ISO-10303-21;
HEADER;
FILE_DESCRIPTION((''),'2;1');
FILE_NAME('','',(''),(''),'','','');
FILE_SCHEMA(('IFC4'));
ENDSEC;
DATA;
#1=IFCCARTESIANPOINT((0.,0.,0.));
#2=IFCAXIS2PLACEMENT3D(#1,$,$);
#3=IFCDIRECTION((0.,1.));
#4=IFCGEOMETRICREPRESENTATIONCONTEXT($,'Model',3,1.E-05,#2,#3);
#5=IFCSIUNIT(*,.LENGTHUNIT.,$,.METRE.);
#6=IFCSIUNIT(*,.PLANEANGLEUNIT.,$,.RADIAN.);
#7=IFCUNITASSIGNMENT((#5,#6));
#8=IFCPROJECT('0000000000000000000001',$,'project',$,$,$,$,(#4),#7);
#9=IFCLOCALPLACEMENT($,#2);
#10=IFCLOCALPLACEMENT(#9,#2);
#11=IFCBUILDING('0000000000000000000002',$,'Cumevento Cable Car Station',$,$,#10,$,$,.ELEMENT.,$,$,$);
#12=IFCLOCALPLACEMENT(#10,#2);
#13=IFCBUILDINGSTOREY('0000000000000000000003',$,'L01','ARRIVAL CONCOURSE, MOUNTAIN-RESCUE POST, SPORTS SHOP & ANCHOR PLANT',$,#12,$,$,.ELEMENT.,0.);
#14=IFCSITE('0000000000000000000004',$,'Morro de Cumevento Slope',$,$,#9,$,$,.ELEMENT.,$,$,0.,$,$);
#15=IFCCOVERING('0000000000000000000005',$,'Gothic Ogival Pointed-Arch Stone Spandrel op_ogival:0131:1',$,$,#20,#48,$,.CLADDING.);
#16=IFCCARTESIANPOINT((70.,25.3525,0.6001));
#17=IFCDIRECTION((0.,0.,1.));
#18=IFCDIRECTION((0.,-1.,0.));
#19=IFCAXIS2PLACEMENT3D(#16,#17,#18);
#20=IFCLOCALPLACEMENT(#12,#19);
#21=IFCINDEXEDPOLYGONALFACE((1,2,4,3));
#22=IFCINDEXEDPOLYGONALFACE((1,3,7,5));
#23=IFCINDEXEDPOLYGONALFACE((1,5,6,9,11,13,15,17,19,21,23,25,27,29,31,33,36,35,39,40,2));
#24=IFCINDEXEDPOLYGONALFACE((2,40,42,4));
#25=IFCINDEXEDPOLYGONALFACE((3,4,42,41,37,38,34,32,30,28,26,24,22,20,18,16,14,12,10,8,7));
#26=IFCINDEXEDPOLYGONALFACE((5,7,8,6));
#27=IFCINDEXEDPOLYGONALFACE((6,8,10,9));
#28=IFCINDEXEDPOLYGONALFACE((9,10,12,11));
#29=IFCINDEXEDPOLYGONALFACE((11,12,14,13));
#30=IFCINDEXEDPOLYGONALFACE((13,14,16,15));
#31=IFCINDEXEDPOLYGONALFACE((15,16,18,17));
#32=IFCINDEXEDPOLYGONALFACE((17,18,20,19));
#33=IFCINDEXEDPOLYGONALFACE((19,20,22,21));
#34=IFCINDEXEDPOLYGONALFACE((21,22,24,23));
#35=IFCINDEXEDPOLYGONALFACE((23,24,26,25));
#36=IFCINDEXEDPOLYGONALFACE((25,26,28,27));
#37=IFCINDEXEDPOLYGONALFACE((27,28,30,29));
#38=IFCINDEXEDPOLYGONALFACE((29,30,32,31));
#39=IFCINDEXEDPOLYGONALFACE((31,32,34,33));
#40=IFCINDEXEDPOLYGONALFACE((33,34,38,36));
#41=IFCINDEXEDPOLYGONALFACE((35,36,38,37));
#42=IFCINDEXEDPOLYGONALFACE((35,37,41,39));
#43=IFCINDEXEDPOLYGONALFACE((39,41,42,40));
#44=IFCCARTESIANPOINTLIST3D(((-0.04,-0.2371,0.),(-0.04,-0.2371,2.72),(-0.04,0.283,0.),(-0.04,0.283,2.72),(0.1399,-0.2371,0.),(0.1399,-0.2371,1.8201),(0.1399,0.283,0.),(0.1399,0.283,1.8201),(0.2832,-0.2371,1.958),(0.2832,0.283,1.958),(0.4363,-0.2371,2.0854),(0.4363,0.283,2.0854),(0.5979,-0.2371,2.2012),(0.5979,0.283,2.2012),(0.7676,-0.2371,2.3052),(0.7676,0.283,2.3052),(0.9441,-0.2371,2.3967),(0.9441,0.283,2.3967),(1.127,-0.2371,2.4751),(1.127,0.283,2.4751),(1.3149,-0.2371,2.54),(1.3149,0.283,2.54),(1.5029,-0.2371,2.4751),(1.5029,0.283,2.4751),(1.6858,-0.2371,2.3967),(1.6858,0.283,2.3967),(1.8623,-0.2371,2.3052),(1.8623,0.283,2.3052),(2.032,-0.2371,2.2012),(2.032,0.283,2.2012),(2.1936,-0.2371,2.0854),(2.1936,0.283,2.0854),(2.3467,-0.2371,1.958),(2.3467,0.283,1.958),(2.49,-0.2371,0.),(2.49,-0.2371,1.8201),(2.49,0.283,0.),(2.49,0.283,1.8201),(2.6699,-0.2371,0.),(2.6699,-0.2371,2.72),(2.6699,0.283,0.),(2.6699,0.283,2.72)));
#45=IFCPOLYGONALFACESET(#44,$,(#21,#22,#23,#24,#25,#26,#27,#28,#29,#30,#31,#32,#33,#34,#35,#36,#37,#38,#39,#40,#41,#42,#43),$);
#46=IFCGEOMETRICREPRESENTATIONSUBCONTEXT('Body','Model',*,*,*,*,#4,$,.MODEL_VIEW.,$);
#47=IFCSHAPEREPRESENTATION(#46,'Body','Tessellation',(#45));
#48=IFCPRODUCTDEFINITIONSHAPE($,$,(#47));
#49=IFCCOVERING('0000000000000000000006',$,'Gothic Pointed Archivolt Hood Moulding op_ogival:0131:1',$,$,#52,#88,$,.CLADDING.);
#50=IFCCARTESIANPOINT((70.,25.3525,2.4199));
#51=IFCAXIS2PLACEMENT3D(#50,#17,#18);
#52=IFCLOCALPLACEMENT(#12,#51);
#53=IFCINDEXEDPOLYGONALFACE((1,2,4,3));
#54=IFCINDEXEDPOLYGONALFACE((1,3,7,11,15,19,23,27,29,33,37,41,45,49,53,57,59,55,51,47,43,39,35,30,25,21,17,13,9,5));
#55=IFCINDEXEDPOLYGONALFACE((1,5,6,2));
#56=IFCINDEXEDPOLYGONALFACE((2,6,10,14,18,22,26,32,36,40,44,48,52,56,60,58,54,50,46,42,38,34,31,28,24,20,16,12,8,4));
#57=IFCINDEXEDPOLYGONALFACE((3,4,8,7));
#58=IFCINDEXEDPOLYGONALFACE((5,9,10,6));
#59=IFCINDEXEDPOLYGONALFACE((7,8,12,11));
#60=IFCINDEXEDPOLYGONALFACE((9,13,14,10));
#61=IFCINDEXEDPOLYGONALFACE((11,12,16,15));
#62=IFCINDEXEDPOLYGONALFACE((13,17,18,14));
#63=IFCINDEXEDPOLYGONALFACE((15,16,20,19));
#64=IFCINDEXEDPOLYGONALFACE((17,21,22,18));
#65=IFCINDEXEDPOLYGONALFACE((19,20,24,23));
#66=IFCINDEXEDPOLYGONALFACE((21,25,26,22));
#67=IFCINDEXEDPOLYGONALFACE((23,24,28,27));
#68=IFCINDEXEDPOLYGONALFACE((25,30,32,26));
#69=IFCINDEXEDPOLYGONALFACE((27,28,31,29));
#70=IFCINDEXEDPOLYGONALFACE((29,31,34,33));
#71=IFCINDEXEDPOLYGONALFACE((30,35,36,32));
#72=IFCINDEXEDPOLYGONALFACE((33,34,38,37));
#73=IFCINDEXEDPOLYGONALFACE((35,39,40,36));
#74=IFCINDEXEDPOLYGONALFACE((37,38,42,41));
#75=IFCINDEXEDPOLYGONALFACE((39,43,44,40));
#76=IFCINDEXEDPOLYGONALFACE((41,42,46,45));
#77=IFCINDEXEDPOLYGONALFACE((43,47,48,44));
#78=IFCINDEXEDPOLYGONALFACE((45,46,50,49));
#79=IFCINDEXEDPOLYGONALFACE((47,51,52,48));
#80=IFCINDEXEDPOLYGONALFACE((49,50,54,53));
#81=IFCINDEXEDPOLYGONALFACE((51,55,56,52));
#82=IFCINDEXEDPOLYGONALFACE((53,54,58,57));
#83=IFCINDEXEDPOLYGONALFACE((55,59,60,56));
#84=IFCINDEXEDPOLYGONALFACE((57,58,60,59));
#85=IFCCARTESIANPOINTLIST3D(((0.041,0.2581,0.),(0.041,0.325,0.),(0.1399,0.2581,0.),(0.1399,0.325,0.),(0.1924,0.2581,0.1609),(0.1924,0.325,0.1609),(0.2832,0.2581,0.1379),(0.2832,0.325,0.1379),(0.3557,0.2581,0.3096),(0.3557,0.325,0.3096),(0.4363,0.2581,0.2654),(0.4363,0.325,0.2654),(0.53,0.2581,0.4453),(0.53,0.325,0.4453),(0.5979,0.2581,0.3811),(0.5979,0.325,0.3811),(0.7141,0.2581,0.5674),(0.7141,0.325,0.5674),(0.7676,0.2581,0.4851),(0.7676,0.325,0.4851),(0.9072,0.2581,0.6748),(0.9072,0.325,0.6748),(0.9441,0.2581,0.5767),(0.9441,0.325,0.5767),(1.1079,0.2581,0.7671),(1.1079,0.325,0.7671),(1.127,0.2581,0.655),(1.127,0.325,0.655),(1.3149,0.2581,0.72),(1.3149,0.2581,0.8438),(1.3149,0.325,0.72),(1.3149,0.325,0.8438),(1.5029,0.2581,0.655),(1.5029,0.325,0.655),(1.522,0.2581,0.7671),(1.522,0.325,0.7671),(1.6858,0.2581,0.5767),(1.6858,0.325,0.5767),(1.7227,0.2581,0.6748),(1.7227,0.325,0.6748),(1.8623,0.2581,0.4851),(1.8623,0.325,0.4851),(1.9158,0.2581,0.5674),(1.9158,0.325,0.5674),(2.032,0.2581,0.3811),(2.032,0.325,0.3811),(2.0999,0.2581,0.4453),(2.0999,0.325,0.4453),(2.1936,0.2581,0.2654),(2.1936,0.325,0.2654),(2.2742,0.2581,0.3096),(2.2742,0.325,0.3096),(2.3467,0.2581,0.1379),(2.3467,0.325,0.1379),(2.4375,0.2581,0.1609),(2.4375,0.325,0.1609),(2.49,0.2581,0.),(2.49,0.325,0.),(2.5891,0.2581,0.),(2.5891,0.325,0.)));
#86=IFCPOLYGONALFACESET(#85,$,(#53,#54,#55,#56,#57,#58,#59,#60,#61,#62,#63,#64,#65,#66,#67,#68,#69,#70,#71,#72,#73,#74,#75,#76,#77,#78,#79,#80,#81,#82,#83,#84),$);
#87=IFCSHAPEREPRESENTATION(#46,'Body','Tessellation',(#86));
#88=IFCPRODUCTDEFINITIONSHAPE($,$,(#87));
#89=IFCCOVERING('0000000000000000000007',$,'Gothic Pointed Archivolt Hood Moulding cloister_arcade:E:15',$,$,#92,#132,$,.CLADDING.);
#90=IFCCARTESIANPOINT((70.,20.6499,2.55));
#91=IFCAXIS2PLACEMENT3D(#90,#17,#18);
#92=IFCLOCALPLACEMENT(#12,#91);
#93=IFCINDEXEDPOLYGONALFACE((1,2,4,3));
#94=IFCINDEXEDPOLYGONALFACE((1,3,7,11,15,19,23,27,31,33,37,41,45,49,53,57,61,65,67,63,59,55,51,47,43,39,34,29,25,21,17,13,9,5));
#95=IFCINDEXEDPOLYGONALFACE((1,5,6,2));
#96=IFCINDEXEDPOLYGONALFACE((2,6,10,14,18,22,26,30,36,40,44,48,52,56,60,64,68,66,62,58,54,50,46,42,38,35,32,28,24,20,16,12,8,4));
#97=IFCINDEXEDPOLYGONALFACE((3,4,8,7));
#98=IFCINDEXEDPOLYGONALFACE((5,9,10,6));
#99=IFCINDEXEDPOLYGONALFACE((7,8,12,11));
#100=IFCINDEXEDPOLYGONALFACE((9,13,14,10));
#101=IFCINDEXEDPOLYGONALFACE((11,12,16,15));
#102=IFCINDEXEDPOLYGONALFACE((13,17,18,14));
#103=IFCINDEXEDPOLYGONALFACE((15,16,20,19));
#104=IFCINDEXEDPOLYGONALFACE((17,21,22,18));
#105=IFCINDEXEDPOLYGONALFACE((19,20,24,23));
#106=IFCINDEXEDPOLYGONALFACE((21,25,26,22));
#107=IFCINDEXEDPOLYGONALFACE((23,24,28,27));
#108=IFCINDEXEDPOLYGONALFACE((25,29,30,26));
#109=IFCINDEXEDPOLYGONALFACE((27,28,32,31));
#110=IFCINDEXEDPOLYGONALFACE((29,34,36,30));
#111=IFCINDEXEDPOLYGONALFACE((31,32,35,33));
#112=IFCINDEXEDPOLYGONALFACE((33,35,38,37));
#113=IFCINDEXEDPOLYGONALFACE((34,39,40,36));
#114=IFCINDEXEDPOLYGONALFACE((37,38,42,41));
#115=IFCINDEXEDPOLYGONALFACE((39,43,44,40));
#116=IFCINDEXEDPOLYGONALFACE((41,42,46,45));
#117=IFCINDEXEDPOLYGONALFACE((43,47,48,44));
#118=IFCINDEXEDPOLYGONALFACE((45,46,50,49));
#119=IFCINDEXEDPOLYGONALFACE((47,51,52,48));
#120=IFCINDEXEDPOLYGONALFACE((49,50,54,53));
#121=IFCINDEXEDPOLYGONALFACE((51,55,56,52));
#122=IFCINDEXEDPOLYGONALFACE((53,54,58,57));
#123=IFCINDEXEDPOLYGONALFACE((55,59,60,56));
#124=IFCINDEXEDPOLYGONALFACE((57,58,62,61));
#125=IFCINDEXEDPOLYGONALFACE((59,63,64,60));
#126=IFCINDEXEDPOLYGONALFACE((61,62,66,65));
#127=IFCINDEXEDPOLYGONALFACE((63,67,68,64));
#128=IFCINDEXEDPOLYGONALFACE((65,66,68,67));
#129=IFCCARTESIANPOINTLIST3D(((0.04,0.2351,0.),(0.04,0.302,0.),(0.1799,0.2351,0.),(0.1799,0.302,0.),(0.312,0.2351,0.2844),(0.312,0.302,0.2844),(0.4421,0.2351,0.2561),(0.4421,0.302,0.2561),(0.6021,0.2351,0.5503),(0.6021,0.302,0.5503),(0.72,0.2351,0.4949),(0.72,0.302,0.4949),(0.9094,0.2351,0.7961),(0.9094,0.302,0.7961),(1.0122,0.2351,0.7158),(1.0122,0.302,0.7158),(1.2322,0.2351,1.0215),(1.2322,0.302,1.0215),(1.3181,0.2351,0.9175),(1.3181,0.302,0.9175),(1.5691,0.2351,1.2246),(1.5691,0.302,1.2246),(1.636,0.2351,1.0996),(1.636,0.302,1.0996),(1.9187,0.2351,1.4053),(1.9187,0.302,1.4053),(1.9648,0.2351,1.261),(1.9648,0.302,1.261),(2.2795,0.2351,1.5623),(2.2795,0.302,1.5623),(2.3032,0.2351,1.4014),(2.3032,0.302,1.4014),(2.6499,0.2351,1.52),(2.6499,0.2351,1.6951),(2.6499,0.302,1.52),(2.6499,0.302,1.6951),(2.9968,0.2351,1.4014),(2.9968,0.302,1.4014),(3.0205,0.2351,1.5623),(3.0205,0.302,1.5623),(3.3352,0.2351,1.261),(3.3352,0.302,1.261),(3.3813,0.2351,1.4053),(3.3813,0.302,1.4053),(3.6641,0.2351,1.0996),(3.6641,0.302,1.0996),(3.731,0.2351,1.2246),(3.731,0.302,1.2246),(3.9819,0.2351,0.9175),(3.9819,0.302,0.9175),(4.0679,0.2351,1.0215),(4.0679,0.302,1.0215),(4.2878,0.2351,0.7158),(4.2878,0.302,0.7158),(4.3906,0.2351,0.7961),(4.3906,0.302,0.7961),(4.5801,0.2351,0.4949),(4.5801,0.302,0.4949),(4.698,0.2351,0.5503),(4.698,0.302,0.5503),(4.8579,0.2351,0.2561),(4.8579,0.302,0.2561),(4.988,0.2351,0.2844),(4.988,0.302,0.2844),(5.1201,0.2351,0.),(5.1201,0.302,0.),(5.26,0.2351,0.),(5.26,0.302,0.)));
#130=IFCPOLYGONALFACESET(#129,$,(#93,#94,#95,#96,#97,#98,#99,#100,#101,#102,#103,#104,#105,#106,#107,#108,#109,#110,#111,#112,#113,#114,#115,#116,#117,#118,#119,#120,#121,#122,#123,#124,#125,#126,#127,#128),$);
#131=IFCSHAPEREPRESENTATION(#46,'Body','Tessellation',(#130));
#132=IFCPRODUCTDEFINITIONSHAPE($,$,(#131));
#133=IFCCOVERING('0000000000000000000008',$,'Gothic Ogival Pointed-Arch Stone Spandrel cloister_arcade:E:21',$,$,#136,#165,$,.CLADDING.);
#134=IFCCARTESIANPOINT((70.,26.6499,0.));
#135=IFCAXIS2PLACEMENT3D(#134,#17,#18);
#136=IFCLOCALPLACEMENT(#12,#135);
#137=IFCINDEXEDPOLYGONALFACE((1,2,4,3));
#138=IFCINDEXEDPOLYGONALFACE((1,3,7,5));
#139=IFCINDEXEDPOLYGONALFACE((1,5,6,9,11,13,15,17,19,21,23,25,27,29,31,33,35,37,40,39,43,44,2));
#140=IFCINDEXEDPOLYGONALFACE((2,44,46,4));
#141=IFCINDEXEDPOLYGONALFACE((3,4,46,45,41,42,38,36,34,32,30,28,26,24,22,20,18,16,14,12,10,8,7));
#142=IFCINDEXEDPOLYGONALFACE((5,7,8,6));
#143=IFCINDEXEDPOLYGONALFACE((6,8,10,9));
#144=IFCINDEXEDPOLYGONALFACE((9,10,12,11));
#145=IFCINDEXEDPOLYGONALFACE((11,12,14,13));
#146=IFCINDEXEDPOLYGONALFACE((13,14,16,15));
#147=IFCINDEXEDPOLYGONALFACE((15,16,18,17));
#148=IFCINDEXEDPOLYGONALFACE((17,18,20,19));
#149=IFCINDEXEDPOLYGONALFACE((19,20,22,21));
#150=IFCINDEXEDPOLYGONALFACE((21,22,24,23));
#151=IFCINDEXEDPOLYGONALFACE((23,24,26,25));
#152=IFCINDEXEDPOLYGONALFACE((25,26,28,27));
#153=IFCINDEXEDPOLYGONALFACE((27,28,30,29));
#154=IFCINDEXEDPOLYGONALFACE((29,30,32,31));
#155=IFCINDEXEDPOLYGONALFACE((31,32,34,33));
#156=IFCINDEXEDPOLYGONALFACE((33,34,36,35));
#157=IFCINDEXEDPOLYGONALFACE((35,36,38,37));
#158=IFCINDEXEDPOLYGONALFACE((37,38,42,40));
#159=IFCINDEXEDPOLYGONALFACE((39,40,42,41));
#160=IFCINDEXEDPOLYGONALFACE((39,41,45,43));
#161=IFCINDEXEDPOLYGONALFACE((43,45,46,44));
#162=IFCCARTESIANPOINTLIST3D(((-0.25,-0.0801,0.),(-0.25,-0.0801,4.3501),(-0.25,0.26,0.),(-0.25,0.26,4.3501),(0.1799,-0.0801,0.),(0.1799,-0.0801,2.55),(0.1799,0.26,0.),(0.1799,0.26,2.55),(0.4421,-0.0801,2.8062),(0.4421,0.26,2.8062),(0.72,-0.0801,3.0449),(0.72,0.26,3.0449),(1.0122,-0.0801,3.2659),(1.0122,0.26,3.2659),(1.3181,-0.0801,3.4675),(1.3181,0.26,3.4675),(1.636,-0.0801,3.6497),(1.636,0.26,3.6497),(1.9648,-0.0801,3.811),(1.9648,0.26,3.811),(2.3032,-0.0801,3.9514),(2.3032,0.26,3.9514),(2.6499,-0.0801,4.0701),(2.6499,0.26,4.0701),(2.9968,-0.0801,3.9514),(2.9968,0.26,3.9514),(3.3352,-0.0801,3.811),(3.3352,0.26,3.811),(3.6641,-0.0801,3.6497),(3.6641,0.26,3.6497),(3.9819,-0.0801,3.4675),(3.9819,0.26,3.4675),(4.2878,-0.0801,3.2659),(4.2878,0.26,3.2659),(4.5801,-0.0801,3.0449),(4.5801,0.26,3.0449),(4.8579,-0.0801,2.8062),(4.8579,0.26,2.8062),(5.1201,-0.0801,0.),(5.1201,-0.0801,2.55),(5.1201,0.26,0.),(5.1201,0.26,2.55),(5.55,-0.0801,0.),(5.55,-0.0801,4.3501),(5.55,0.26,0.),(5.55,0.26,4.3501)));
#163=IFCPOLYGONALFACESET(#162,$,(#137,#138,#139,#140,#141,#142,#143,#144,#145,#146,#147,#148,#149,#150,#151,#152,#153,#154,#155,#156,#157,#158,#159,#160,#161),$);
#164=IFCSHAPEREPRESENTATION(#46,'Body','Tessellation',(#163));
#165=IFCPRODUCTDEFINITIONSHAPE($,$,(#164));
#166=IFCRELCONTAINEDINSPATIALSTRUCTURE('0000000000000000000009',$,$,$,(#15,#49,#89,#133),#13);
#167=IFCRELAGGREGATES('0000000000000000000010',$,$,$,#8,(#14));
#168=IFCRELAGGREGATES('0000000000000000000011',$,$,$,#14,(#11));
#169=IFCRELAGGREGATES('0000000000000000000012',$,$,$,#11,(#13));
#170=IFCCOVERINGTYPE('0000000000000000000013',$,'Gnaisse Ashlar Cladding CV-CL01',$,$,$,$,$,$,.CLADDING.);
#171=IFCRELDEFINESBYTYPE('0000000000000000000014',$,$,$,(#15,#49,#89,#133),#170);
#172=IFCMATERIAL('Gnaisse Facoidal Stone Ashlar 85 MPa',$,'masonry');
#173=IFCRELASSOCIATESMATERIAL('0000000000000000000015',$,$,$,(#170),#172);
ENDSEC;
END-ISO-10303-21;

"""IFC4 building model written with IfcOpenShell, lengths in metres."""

from ifc_helpers import new_model, si_unit, direction, frame, origin, place, context, subcontext, project, spatial, polyline, outline, extrude, material, type_object, element, save


model = new_model("IFC4")

# Units and contexts
model_context = context("Model", 3, precision=1e-05, world=origin(), true_north=direction((0.0, 1.0)))
body_context = subcontext(model_context, "Body", "Model", "MODEL_VIEW")
ifc_project = project(units=[si_unit("LENGTHUNIT", "METRE"), si_unit("PLANEANGLEUNIT", "RADIAN")], contexts=[model_context])

# Site, building, storey
site_placement = place(None, origin())
site = spatial("IfcSite", under=ifc_project, at=site_placement, Name="Morro de Cumevento Slope", CompositionType="ELEMENT", RefElevation=0.0)
building_placement = place(site_placement, origin())
building = spatial("IfcBuilding", under=site, at=building_placement, Name="Cumevento Cable Car Station", CompositionType="ELEMENT")
storey_placement = place(building_placement, origin())
storey = spatial("IfcBuildingStorey", under=building, at=storey_placement, Name="L01", Description="ARRIVAL CONCOURSE, MOUNTAIN-RESCUE POST, SPORTS SHOP & ANCHOR PLANT", CompositionType="ELEMENT", Elevation=0.0)

# Coverings
ifc_material_1 = material(Name="Gnaisse Facoidal Stone Ashlar 85 MPa", Category="masonry")
covering_type = type_object("IfcCoveringType", Name="Gnaisse Ashlar Cladding CV-CL01", PredefinedType="CLADDING", material=ifc_material_1)
covering_1_placement = place(storey_placement, frame((70.0, 25.3525, 0.6001), z_axis=(0.0, 0.0, 1.0), x_axis=(0.0, -1.0, 0.0)))
element("IfcCovering", 1, at=covering_1_placement, inside=storey, type_object=covering_type, Name="Gothic Ogival Pointed-Arch Stone Spandrel op_ogival:0131:1", PredefinedType="CLADDING", context=body_context, shape_type="SweptSolid", body=[
    extrude(outline(polyline([(-0.04, 0.0), (-0.04, 2.72), (2.6699, 2.72), (2.6699, 0.0), (2.49, 0.0), (2.49, 1.8201), (2.3467, 1.958), (2.1936, 2.0854), (2.032, 2.2012), (1.8623, 2.3052), (1.6858, 2.3967), (1.5029, 2.4751), (1.3149, 2.54), (1.127, 2.4751), (0.9441, 2.3967), (0.7676, 2.3052), (0.5979, 2.2012), (0.4363, 2.0854), (0.2832, 1.958), (0.1399, 1.8201), (0.1399, 0.0), (-0.04, 0.0)])), frame((0.0, 0.283, 0.0), z_axis=(0.0, -1.0, 0.0), x_axis=(1.0, 0.0, 0.0)), (0.0, 0.0, 1.0), 0.52),
])
covering_2_placement = place(storey_placement, frame((70.0, 25.3525, 2.4199), z_axis=(0.0, 0.0, 1.0), x_axis=(0.0, -1.0, 0.0)))
element("IfcCovering", 2, at=covering_2_placement, inside=storey, type_object=covering_type, Name="Gothic Pointed Archivolt Hood Moulding op_ogival:0131:1", PredefinedType="CLADDING", context=body_context, shape_type="SweptSolid", body=[
    extrude(outline(polyline([(0.1399, 0.0), (0.2832, 0.1379), (0.4363, 0.2654), (0.5979, 0.3811), (0.7676, 0.4851), (0.9441, 0.5767), (1.127, 0.655), (1.3149, 0.72), (1.5029, 0.655), (1.6858, 0.5767), (1.8623, 0.4851), (2.032, 0.3811), (2.1936, 0.2654), (2.3467, 0.1379), (2.49, 0.0), (2.5891, 0.0), (2.4375, 0.1609), (2.2742, 0.3096), (2.0999, 0.4453), (1.9158, 0.5674), (1.7227, 0.6748), (1.522, 0.7671), (1.3149, 0.8438), (1.1079, 0.7671), (0.9072, 0.6748), (0.7141, 0.5674), (0.53, 0.4453), (0.3557, 0.3096), (0.1924, 0.1609), (0.041, 0.0), (0.1399, 0.0)])), frame((0.0, 0.325, 0.0), z_axis=(0.0, -1.0, 0.0), x_axis=(1.0, 0.0, 0.0)), (0.0, 0.0, 1.0), 0.0669),
])
covering_3_placement = place(storey_placement, frame((70.0, 20.6499, 2.55), z_axis=(0.0, 0.0, 1.0), x_axis=(0.0, -1.0, 0.0)))
element("IfcCovering", 3, at=covering_3_placement, inside=storey, type_object=covering_type, Name="Gothic Pointed Archivolt Hood Moulding cloister_arcade:E:15", PredefinedType="CLADDING", context=body_context, shape_type="SweptSolid", body=[
    extrude(outline(polyline([(0.1799, 0.0), (0.4421, 0.2561), (0.72, 0.4949), (1.0122, 0.7158), (1.3181, 0.9175), (1.636, 1.0996), (1.9648, 1.261), (2.3032, 1.4014), (2.6499, 1.52), (2.9968, 1.4014), (3.3352, 1.261), (3.6641, 1.0996), (3.9819, 0.9175), (4.2878, 0.7158), (4.5801, 0.4949), (4.8579, 0.2561), (5.1201, 0.0), (5.26, 0.0), (4.988, 0.2844), (4.698, 0.5503), (4.3906, 0.7961), (4.0679, 1.0215), (3.731, 1.2246), (3.3813, 1.4053), (3.0205, 1.5623), (2.6499, 1.6951), (2.2795, 1.5623), (1.9187, 1.4053), (1.5691, 1.2246), (1.2322, 1.0215), (0.9094, 0.7961), (0.6021, 0.5503), (0.312, 0.2844), (0.04, 0.0), (0.1799, 0.0)])), frame((0.0, 0.302, 0.0), z_axis=(0.0, -1.0, 0.0), x_axis=(1.0, 0.0, 0.0)), (0.0, 0.0, 1.0), 0.0669),
])
covering_4_placement = place(storey_placement, frame((70.0, 26.6499, 0.0), z_axis=(0.0, 0.0, 1.0), x_axis=(0.0, -1.0, 0.0)))
element("IfcCovering", 4, at=covering_4_placement, inside=storey, type_object=covering_type, Name="Gothic Ogival Pointed-Arch Stone Spandrel cloister_arcade:E:21", PredefinedType="CLADDING", context=body_context, shape_type="SweptSolid", body=[
    extrude(outline(polyline([(-0.25, 0.0), (-0.25, 4.3501), (5.55, 4.3501), (5.55, 0.0), (5.1201, 0.0), (5.1201, 2.55), (4.8579, 2.8062), (4.5801, 3.0449), (4.2878, 3.2659), (3.9819, 3.4675), (3.6641, 3.6497), (3.3352, 3.811), (2.9968, 3.9514), (2.6499, 4.0701), (2.3032, 3.9514), (1.9648, 3.811), (1.636, 3.6497), (1.3181, 3.4675), (1.0122, 3.2659), (0.72, 3.0449), (0.4421, 2.8062), (0.1799, 2.55), (0.1799, 0.0), (-0.25, 0.0)])), frame((0.0, 0.26, 0.0), z_axis=(0.0, -1.0, 0.0), x_axis=(1.0, 0.0, 0.0)), (0.0, 0.0, 1.0), 0.3401),
])

save(model, "model.ifc")
